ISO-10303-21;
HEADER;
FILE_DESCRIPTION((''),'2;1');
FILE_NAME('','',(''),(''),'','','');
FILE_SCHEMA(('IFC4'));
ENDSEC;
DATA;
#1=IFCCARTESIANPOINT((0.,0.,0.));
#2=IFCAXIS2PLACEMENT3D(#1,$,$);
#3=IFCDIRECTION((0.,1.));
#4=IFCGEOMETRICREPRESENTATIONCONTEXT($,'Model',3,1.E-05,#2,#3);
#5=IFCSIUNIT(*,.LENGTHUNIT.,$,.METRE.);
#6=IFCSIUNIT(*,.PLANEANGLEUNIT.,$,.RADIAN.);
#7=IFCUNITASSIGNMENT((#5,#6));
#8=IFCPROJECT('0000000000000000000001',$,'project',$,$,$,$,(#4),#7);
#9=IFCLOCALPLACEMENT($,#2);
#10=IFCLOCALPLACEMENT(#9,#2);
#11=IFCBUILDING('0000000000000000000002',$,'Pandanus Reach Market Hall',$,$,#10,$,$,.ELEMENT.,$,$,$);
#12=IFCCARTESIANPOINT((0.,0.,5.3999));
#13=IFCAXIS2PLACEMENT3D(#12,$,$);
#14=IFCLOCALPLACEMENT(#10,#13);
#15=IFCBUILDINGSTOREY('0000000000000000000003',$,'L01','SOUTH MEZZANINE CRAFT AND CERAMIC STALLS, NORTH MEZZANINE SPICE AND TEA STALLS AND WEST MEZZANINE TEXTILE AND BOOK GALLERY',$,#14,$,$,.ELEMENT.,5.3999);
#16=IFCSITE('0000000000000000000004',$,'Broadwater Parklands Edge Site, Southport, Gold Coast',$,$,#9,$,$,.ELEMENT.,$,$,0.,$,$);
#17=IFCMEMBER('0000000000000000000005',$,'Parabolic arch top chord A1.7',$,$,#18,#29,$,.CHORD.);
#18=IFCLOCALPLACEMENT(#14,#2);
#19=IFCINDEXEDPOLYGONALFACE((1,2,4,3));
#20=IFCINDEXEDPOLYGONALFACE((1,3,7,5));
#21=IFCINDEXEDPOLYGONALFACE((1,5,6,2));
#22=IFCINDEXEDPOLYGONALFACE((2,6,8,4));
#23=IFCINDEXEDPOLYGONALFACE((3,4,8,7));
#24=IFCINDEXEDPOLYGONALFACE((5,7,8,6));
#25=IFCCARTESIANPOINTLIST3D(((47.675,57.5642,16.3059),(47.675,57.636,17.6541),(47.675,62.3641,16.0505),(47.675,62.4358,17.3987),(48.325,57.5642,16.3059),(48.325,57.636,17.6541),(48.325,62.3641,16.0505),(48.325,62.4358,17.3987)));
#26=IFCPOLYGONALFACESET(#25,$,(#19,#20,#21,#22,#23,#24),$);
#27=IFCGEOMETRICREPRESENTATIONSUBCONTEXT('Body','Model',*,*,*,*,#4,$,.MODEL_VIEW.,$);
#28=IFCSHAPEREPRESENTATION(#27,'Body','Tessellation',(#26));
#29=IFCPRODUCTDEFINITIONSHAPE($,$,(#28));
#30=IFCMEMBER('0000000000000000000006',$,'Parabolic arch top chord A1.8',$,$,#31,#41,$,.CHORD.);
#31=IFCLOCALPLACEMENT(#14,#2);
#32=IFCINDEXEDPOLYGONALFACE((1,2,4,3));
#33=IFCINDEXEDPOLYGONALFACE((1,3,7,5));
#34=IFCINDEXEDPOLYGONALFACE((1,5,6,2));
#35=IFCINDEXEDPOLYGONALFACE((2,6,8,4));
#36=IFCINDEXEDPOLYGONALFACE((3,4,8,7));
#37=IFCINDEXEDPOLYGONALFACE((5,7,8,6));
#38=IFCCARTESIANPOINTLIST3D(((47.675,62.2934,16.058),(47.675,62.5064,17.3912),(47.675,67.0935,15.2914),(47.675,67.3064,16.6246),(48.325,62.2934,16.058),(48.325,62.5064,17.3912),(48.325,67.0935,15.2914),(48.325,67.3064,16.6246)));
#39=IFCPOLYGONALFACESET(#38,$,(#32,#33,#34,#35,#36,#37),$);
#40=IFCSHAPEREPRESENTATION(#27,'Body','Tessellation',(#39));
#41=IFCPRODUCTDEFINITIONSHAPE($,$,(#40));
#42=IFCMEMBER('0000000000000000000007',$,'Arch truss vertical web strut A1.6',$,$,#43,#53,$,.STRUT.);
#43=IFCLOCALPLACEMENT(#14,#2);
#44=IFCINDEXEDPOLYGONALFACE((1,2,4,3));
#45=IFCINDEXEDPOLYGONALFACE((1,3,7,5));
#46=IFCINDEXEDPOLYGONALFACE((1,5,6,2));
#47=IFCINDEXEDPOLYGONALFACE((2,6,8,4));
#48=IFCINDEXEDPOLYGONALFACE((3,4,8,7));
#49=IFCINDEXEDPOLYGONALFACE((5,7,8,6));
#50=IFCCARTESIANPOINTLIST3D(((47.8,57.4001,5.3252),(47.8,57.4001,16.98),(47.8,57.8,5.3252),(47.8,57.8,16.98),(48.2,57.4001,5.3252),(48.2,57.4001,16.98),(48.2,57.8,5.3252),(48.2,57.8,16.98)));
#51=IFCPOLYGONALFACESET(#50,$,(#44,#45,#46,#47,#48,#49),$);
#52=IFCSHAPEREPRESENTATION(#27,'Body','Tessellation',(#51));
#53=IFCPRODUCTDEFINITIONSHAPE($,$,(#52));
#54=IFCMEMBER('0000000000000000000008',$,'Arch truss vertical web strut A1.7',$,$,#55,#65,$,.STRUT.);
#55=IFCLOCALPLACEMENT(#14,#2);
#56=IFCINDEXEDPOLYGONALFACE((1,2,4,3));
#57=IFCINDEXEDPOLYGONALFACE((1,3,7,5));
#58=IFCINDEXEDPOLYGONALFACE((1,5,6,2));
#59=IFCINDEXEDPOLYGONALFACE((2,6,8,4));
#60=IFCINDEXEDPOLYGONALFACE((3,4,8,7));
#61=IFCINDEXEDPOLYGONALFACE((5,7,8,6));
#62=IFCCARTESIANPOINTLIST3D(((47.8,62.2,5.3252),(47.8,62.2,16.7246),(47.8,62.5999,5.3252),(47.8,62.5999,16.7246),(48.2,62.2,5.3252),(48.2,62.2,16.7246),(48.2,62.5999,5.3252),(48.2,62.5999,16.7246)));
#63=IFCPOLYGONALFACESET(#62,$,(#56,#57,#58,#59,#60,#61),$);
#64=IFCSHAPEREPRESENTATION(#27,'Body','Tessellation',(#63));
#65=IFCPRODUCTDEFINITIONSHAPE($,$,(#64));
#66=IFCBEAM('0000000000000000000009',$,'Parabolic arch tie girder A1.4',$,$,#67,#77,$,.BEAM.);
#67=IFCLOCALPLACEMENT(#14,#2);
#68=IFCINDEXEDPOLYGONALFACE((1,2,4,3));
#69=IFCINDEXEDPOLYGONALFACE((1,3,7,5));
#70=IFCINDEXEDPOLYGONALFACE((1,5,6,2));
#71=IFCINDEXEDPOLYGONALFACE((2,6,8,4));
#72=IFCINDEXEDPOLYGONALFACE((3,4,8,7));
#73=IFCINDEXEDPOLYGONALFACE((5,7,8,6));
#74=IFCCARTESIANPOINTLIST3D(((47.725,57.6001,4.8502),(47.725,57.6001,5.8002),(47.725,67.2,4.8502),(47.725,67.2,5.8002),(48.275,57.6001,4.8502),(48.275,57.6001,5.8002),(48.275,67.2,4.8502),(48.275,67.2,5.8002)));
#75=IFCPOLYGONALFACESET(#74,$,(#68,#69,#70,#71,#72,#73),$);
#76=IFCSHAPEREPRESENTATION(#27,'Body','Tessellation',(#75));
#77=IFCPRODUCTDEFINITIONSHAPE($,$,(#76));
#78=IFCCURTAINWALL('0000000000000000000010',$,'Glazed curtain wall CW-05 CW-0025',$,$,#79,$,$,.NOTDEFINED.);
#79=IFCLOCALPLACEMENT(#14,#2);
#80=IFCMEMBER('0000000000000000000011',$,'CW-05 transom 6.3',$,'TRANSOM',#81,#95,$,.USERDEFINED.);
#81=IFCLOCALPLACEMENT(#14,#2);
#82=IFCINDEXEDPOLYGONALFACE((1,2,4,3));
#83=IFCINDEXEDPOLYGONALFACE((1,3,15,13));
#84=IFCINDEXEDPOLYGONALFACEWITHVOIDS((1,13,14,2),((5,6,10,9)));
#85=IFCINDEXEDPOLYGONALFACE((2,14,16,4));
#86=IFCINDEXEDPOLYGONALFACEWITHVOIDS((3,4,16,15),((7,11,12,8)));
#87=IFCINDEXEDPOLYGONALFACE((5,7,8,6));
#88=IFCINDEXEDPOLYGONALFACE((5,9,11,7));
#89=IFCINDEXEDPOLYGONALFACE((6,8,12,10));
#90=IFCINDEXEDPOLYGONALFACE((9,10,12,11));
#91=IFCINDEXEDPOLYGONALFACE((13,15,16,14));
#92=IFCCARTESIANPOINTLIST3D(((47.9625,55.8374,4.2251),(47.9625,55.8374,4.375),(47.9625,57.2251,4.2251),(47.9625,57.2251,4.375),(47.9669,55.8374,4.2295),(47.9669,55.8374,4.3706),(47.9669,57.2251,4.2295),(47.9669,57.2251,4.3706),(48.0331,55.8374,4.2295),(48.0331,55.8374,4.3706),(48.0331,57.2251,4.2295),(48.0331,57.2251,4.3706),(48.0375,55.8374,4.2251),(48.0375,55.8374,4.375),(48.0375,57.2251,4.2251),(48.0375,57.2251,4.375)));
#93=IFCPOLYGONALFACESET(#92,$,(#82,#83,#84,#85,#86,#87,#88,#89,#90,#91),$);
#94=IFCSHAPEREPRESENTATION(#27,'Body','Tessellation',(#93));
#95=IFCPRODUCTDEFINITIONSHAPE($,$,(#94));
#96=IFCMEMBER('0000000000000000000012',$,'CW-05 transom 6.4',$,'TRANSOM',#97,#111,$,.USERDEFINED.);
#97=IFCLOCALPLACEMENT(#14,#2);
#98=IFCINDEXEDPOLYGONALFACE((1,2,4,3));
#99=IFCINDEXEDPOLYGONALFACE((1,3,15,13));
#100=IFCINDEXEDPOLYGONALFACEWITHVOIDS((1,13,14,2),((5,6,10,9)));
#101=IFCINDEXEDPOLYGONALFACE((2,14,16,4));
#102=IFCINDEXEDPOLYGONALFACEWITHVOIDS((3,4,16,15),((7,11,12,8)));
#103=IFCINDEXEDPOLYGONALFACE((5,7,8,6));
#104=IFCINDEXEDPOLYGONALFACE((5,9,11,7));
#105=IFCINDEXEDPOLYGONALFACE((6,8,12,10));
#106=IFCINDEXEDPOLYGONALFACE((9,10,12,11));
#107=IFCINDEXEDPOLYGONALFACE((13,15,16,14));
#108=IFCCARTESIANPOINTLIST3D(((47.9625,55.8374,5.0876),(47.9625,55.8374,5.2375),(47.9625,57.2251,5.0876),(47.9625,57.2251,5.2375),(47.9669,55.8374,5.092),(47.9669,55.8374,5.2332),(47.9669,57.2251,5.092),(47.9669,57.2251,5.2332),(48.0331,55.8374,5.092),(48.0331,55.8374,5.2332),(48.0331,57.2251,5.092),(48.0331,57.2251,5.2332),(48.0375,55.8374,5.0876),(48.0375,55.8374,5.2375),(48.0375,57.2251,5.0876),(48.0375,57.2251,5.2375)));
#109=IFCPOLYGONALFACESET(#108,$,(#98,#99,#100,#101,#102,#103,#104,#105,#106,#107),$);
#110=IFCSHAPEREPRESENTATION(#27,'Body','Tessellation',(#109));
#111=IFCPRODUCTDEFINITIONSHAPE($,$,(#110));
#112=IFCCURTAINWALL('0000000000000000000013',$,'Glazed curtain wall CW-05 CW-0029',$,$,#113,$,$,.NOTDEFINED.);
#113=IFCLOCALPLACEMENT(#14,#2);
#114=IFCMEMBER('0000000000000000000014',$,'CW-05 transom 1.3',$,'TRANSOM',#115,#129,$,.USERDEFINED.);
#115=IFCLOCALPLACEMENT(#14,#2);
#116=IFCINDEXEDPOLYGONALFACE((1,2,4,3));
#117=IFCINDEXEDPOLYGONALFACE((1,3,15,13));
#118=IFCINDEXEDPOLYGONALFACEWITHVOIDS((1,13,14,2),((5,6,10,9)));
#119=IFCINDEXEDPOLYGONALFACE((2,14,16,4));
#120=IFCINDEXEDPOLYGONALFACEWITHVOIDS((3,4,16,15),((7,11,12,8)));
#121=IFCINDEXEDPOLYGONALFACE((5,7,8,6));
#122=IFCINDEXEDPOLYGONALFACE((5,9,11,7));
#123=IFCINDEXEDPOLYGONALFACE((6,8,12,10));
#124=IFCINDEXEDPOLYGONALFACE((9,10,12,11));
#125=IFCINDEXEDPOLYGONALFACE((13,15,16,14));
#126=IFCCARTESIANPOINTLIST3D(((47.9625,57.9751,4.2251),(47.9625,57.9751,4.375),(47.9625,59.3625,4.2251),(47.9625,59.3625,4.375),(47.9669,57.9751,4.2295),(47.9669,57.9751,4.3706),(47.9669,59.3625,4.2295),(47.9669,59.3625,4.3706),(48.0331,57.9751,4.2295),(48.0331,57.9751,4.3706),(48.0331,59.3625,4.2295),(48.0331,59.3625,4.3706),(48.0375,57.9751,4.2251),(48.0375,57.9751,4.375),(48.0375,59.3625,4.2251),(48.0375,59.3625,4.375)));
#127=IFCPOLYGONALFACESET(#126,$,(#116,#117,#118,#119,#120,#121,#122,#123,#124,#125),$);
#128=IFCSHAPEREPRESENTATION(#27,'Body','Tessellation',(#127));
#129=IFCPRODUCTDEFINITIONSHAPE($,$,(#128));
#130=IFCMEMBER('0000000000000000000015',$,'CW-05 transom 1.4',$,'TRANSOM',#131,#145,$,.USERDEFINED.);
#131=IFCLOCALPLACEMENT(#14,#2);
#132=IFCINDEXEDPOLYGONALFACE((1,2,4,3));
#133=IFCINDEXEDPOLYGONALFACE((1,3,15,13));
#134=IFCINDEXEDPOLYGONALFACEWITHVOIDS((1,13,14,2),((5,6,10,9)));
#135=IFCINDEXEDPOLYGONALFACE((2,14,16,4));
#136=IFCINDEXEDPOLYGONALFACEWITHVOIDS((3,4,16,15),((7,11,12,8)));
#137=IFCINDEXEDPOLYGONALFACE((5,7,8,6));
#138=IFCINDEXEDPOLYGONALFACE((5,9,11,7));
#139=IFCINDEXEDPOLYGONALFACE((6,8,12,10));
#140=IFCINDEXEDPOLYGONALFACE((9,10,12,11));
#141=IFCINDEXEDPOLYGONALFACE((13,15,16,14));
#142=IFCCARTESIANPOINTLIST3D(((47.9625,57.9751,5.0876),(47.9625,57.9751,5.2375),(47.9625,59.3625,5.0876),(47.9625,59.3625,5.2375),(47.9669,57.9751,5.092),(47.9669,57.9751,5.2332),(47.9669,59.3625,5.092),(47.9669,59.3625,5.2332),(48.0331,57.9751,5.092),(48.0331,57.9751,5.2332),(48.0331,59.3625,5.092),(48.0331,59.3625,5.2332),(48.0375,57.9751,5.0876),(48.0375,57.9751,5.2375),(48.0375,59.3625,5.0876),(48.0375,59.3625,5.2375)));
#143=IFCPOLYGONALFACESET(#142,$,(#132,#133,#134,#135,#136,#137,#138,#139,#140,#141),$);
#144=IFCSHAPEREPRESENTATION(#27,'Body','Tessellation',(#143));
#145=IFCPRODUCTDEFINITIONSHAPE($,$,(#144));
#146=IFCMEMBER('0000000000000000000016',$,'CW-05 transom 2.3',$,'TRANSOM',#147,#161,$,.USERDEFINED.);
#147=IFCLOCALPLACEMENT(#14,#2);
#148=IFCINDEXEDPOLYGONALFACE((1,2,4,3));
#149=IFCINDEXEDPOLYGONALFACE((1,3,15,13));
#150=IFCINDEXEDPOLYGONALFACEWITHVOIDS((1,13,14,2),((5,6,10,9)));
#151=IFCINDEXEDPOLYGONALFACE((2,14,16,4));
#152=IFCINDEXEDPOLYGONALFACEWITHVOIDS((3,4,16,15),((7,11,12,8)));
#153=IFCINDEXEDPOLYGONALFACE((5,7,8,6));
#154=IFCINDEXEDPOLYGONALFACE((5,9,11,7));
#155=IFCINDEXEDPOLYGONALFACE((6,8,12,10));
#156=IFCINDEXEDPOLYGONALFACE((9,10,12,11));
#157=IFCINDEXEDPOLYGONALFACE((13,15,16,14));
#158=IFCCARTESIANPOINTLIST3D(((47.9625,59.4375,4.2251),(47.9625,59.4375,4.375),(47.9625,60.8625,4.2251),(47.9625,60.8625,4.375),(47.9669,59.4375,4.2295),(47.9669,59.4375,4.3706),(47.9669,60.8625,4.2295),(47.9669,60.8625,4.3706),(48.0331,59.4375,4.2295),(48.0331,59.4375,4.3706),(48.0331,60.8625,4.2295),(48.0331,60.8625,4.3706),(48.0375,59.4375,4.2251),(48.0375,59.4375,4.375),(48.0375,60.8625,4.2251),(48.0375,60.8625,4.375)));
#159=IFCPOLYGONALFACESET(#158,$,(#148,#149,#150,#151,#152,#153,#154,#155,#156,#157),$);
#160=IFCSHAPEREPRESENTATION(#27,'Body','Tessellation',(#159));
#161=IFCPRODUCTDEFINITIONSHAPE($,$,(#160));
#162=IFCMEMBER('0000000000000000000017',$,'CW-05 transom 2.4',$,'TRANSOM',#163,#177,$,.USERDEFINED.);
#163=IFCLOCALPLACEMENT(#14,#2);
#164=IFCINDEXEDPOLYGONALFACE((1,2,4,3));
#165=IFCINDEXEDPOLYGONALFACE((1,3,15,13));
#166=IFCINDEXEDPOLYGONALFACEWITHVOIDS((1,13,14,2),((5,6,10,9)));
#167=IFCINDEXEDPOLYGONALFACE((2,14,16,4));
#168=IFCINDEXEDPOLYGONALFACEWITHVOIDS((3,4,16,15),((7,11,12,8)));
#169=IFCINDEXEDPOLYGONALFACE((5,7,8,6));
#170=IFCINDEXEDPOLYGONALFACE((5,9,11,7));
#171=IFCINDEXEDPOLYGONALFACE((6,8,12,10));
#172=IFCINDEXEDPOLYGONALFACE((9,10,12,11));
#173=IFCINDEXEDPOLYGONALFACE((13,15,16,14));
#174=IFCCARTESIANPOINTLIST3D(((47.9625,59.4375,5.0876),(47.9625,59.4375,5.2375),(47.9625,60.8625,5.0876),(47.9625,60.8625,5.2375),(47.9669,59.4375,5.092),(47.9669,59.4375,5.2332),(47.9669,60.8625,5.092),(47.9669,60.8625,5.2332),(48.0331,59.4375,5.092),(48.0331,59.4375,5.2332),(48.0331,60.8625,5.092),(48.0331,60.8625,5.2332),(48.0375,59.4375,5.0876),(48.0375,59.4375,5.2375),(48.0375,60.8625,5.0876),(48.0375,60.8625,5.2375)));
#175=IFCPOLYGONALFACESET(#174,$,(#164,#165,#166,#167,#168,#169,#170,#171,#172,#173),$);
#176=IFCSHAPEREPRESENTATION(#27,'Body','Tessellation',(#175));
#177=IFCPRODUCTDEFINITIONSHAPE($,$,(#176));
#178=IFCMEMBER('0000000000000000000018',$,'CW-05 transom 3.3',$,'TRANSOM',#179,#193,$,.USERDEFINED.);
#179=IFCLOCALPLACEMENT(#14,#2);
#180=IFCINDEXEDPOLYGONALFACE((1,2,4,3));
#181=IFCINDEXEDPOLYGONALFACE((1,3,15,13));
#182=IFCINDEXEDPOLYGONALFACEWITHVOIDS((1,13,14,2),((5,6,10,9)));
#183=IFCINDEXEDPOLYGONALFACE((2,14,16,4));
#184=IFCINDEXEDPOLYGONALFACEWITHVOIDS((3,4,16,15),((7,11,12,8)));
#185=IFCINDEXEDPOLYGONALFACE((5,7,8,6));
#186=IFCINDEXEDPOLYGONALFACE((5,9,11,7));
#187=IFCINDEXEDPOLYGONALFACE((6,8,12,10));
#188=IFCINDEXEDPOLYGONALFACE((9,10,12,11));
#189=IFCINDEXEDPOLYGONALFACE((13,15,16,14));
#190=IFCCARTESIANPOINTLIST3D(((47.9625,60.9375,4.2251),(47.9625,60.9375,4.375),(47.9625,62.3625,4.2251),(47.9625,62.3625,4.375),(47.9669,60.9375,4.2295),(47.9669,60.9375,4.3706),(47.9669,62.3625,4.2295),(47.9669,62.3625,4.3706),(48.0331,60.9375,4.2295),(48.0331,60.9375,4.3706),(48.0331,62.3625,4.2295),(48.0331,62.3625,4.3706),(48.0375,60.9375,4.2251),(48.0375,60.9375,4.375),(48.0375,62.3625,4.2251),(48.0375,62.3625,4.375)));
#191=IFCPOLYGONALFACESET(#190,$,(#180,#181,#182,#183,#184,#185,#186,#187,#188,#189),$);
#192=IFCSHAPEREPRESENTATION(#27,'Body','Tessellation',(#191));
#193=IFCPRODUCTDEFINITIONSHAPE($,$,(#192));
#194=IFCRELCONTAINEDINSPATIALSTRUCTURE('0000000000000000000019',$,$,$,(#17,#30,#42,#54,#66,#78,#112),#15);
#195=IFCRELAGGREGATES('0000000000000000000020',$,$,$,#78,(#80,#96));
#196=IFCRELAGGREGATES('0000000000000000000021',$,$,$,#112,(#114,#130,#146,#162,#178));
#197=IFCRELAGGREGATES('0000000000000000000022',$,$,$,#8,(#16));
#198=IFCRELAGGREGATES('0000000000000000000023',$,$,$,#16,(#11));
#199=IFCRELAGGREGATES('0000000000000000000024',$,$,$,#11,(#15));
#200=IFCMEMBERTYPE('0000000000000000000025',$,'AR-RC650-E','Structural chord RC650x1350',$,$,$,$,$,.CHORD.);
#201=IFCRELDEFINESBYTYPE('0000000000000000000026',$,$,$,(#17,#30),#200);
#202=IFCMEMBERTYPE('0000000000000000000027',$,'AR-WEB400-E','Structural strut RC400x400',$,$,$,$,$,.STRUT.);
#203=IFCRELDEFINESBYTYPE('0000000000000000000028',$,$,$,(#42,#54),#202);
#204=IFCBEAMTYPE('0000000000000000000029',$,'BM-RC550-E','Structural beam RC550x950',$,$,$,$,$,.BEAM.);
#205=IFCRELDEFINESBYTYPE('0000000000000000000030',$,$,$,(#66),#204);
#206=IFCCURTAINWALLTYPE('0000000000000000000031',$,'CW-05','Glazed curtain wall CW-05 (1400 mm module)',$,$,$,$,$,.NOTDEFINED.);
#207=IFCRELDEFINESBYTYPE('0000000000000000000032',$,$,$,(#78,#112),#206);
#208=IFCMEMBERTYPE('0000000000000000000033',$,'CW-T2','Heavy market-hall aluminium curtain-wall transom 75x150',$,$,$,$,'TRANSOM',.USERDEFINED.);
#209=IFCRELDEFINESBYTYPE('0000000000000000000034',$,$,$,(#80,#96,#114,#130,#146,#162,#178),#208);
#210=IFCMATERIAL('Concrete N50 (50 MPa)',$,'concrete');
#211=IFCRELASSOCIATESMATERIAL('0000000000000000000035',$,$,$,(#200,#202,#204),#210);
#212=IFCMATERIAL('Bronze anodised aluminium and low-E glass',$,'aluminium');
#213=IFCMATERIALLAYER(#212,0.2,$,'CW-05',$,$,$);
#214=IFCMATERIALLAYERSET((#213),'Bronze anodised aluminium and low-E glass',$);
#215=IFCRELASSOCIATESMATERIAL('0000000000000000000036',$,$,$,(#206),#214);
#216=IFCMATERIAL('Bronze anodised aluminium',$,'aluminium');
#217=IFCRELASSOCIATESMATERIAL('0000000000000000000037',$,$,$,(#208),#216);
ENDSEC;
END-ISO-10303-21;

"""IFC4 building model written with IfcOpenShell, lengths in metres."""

from ifc_helpers import new_model, si_unit, direction, frame, origin, origin_2d, place, context, subcontext, project, spatial, rectangle, hollow_rectangle, extrude, material, layer, layer_set, material_profile, profile_set, type_object, element, aggregate, save


model = new_model("IFC4")

# Units and contexts
model_context = context("Model", 3, precision=1e-05, world=origin(), true_north=direction((0.0, 1.0)))
body_context = subcontext(model_context, "Body", "Model", "MODEL_VIEW")
ifc_project = project(units=[si_unit("LENGTHUNIT", "METRE"), si_unit("PLANEANGLEUNIT", "RADIAN")], contexts=[model_context])

# Site, building, storey
site_placement = place(None, origin())
site = spatial("IfcSite", under=ifc_project, at=site_placement, Name="Broadwater Parklands Edge Site, Southport, Gold Coast", CompositionType="ELEMENT", RefElevation=0.0)
building_placement = place(site_placement, origin())
building = spatial("IfcBuilding", under=site, at=building_placement, Name="Pandanus Reach Market Hall", CompositionType="ELEMENT")
storey_placement = place(building_placement, frame((0.0, 0.0, 5.3999)))
storey = spatial("IfcBuildingStorey", under=building, at=storey_placement, Name="L01", Description="SOUTH MEZZANINE CRAFT AND CERAMIC STALLS, NORTH MEZZANINE SPICE AND TEA STALLS AND WEST MEZZANINE TEXTILE AND BOOK GALLERY", CompositionType="ELEMENT", Elevation=5.3999)

# Members
ifc_material_1 = material(Name="Concrete N50 (50 MPa)", Category="concrete")
ifc_material_profile_1 = material_profile(ifc_material_1, rectangle(XDim=0.6499, YDim=1.3501, at=origin_2d()), Name="RC650x1350", Category="LoadBearing")
ifc_profile_set_1 = profile_set([ifc_material_profile_1], Name="Concrete N50 (50 MPa)")
member_type_1 = type_object("IfcMemberType", Name="AR-RC650-E", Description="Structural chord RC650x1350", PredefinedType="CHORD", material=ifc_profile_set_1)
member_1_placement = place(storey_placement, frame((48.0, 57.6001, 16.98), z_axis=(0.0, 0.998588, -0.053129), x_axis=(-1.0, 0.0, 0.0)))
element("IfcMember", 1, at=member_1_placement, inside=storey, type_object=member_type_1, Name="Parabolic arch top chord A1.7", PredefinedType="CHORD", context=body_context, shape_type="SweptSolid", body=[
    extrude(rectangle(XDim=0.6499, YDim=1.3501, at=origin_2d()), origin(), (0.0, 0.0, 1.0), 4.8066),
])
member_2_placement = place(storey_placement, frame((48.0, 62.3999, 16.7246), z_axis=(0.0, 0.987486, -0.157708), x_axis=(-1.0, 0.0, 0.0)))
element("IfcMember", 2, at=member_2_placement, inside=storey, type_object=member_type_1, Name="Parabolic arch top chord A1.8", PredefinedType="CHORD", context=body_context, shape_type="SweptSolid", body=[
    extrude(rectangle(XDim=0.6499, YDim=1.3501, at=origin_2d()), origin(), (0.0, 0.0, 1.0), 4.8608),
])
ifc_material_profile_2 = material_profile(ifc_material_1, rectangle(XDim=0.3999, YDim=0.3999, at=origin_2d()), Name="RC400x400", Category="LoadBearing")
ifc_profile_set_2 = profile_set([ifc_material_profile_2], Name="Concrete N50 (50 MPa)")
member_type_2 = type_object("IfcMemberType", Name="AR-WEB400-E", Description="Structural strut RC400x400", PredefinedType="STRUT", material=ifc_profile_set_2)
member_3_placement = place(storey_placement, frame((48.0, 57.6001, 5.3252), z_axis=(0.0, 0.0, 1.0), x_axis=(1.0, 0.0, 0.0)))
element("IfcMember", 3, at=member_3_placement, inside=storey, type_object=member_type_2, Name="Arch truss vertical web strut A1.6", PredefinedType="STRUT", context=body_context, shape_type="SweptSolid", body=[
    extrude(rectangle(XDim=0.3999, YDim=0.3999, at=origin_2d()), origin(), (0.0, 0.0, 1.0), 11.6548),
])
member_4_placement = place(storey_placement, frame((48.0, 62.3999, 5.3252), z_axis=(0.0, 0.0, 1.0), x_axis=(1.0, 0.0, 0.0)))
element("IfcMember", 4, at=member_4_placement, inside=storey, type_object=member_type_2, Name="Arch truss vertical web strut A1.7", PredefinedType="STRUT", context=body_context, shape_type="SweptSolid", body=[
    extrude(rectangle(XDim=0.3999, YDim=0.3999, at=origin_2d()), origin(), (0.0, 0.0, 1.0), 11.3994),
])

# Beam
ifc_material_profile_3 = material_profile(ifc_material_1, rectangle(XDim=0.55, YDim=0.95, at=origin_2d()), Name="RC550x950", Category="LoadBearing")
ifc_profile_set_3 = profile_set([ifc_material_profile_3], Name="Concrete N50 (50 MPa)")
beam_type = type_object("IfcBeamType", Name="BM-RC550-E", Description="Structural beam RC550x950", PredefinedType="BEAM", material=ifc_profile_set_3)
beam_placement = place(storey_placement, frame((48.0, 57.6001, 5.3252), z_axis=(0.0, 1.0, 0.0), x_axis=(-1.0, 0.0, 0.0)))
element("IfcBeam", 5, at=beam_placement, inside=storey, type_object=beam_type, Name="Parabolic arch tie girder A1.4", PredefinedType="BEAM", context=body_context, shape_type="SweptSolid", body=[
    extrude(rectangle(XDim=0.55, YDim=0.95, at=origin_2d()), origin(), (0.0, 0.0, 1.0), 9.5999),
])

# Curtain walls, members
ifc_material_2 = material(Name="Bronze anodised aluminium and low-E glass", Category="aluminium")
ifc_layer_1 = layer(ifc_material_2, 0.2, Name="CW-05")
ifc_layer_set_1 = layer_set([ifc_layer_1], Name="Bronze anodised aluminium and low-E glass")
curtain_wall_type = type_object("IfcCurtainWallType", Name="CW-05", Description="Glazed curtain wall CW-05 (1400 mm module)", PredefinedType="NOTDEFINED", material=ifc_layer_set_1)
curtain_wall_1_placement = place(storey_placement, origin())
curtain_wall_1 = element("IfcCurtainWall", 6, at=curtain_wall_1_placement, inside=storey, type_object=curtain_wall_type, Name="Glazed curtain wall CW-05 CW-0025", PredefinedType="NOTDEFINED")
ifc_material_3 = material(Name="Bronze anodised aluminium", Category="aluminium")
ifc_material_profile_4 = material_profile(ifc_material_3, hollow_rectangle(XDim=0.075, YDim=0.1499, WallThickness=0.0044, at=origin_2d()), Name="ALU75x150", Category="LoadBearing")
ifc_profile_set_4 = profile_set([ifc_material_profile_4], Name="Bronze anodised aluminium")
member_type_3 = type_object("IfcMemberType", Name="CW-T2", Description="Heavy market-hall aluminium curtain-wall transom 75x150", ElementType="TRANSOM", PredefinedType="USERDEFINED", material=ifc_profile_set_4)
member_5_placement = place(storey_placement, frame((48.0, 55.8374, 4.3), z_axis=(0.0, 1.0, 0.0), x_axis=(-1.0, 0.0, 0.0)))
member_5 = element("IfcMember", 7, at=member_5_placement, type_object=member_type_3, Name="CW-05 transom 6.3", ObjectType="TRANSOM", PredefinedType="USERDEFINED", context=body_context, shape_type="SweptSolid", body=[
    extrude(hollow_rectangle(XDim=0.075, YDim=0.1499, WallThickness=0.0044, at=origin_2d()), origin(), (0.0, 0.0, 1.0), 1.3877),
])
member_6_placement = place(storey_placement, frame((48.0, 55.8374, 5.1626), z_axis=(0.0, 1.0, 0.0), x_axis=(-1.0, 0.0, 0.0)))
member_6 = element("IfcMember", 8, at=member_6_placement, type_object=member_type_3, Name="CW-05 transom 6.4", ObjectType="TRANSOM", PredefinedType="USERDEFINED", context=body_context, shape_type="SweptSolid", body=[
    extrude(hollow_rectangle(XDim=0.075, YDim=0.1499, WallThickness=0.0044, at=origin_2d()), origin(), (0.0, 0.0, 1.0), 1.3877),
])
curtain_wall_2_placement = place(storey_placement, origin())
curtain_wall_2 = element("IfcCurtainWall", 9, at=curtain_wall_2_placement, inside=storey, type_object=curtain_wall_type, Name="Glazed curtain wall CW-05 CW-0029", PredefinedType="NOTDEFINED")
member_7_placement = place(storey_placement, frame((48.0, 57.9751, 4.3), z_axis=(0.0, 1.0, 0.0), x_axis=(-1.0, 0.0, 0.0)))
member_7 = element("IfcMember", 10, at=member_7_placement, type_object=member_type_3, Name="CW-05 transom 1.3", ObjectType="TRANSOM", PredefinedType="USERDEFINED", context=body_context, shape_type="SweptSolid", body=[
    extrude(hollow_rectangle(XDim=0.075, YDim=0.1499, WallThickness=0.0044, at=origin_2d()), origin(), (0.0, 0.0, 1.0), 1.3875),
])
member_8_placement = place(storey_placement, frame((48.0, 57.9751, 5.1626), z_axis=(0.0, 1.0, 0.0), x_axis=(-1.0, 0.0, 0.0)))
member_8 = element("IfcMember", 11, at=member_8_placement, type_object=member_type_3, Name="CW-05 transom 1.4", ObjectType="TRANSOM", PredefinedType="USERDEFINED", context=body_context, shape_type="SweptSolid", body=[
    extrude(hollow_rectangle(XDim=0.075, YDim=0.1499, WallThickness=0.0044, at=origin_2d()), origin(), (0.0, 0.0, 1.0), 1.3875),
])
member_9_placement = place(storey_placement, frame((48.0, 59.4375, 4.3), z_axis=(0.0, 1.0, 0.0), x_axis=(-1.0, 0.0, 0.0)))
member_9 = element("IfcMember", 12, at=member_9_placement, type_object=member_type_3, Name="CW-05 transom 2.3", ObjectType="TRANSOM", PredefinedType="USERDEFINED", context=body_context, shape_type="SweptSolid", body=[
    extrude(hollow_rectangle(XDim=0.075, YDim=0.1499, WallThickness=0.0044, at=origin_2d()), origin(), (0.0, 0.0, 1.0), 1.425),
])
member_10_placement = place(storey_placement, frame((48.0, 59.4375, 5.1626), z_axis=(0.0, 1.0, 0.0), x_axis=(-1.0, 0.0, 0.0)))
member_10 = element("IfcMember", 13, at=member_10_placement, type_object=member_type_3, Name="CW-05 transom 2.4", ObjectType="TRANSOM", PredefinedType="USERDEFINED", context=body_context, shape_type="SweptSolid", body=[
    extrude(hollow_rectangle(XDim=0.075, YDim=0.1499, WallThickness=0.0044, at=origin_2d()), origin(), (0.0, 0.0, 1.0), 1.425),
])
member_11_placement = place(storey_placement, frame((48.0, 60.9375, 4.3), z_axis=(0.0, 1.0, 0.0), x_axis=(-1.0, 0.0, 0.0)))
member_11 = element("IfcMember", 14, at=member_11_placement, type_object=member_type_3, Name="CW-05 transom 3.3", ObjectType="TRANSOM", PredefinedType="USERDEFINED", context=body_context, shape_type="SweptSolid", body=[
    extrude(hollow_rectangle(XDim=0.075, YDim=0.1499, WallThickness=0.0044, at=origin_2d()), origin(), (0.0, 0.0, 1.0), 1.425),
])

aggregate(curtain_wall_1, [member_5, member_6])
aggregate(curtain_wall_2, [member_7, member_8, member_9, member_10, member_11])

save(model, "model.ifc")
